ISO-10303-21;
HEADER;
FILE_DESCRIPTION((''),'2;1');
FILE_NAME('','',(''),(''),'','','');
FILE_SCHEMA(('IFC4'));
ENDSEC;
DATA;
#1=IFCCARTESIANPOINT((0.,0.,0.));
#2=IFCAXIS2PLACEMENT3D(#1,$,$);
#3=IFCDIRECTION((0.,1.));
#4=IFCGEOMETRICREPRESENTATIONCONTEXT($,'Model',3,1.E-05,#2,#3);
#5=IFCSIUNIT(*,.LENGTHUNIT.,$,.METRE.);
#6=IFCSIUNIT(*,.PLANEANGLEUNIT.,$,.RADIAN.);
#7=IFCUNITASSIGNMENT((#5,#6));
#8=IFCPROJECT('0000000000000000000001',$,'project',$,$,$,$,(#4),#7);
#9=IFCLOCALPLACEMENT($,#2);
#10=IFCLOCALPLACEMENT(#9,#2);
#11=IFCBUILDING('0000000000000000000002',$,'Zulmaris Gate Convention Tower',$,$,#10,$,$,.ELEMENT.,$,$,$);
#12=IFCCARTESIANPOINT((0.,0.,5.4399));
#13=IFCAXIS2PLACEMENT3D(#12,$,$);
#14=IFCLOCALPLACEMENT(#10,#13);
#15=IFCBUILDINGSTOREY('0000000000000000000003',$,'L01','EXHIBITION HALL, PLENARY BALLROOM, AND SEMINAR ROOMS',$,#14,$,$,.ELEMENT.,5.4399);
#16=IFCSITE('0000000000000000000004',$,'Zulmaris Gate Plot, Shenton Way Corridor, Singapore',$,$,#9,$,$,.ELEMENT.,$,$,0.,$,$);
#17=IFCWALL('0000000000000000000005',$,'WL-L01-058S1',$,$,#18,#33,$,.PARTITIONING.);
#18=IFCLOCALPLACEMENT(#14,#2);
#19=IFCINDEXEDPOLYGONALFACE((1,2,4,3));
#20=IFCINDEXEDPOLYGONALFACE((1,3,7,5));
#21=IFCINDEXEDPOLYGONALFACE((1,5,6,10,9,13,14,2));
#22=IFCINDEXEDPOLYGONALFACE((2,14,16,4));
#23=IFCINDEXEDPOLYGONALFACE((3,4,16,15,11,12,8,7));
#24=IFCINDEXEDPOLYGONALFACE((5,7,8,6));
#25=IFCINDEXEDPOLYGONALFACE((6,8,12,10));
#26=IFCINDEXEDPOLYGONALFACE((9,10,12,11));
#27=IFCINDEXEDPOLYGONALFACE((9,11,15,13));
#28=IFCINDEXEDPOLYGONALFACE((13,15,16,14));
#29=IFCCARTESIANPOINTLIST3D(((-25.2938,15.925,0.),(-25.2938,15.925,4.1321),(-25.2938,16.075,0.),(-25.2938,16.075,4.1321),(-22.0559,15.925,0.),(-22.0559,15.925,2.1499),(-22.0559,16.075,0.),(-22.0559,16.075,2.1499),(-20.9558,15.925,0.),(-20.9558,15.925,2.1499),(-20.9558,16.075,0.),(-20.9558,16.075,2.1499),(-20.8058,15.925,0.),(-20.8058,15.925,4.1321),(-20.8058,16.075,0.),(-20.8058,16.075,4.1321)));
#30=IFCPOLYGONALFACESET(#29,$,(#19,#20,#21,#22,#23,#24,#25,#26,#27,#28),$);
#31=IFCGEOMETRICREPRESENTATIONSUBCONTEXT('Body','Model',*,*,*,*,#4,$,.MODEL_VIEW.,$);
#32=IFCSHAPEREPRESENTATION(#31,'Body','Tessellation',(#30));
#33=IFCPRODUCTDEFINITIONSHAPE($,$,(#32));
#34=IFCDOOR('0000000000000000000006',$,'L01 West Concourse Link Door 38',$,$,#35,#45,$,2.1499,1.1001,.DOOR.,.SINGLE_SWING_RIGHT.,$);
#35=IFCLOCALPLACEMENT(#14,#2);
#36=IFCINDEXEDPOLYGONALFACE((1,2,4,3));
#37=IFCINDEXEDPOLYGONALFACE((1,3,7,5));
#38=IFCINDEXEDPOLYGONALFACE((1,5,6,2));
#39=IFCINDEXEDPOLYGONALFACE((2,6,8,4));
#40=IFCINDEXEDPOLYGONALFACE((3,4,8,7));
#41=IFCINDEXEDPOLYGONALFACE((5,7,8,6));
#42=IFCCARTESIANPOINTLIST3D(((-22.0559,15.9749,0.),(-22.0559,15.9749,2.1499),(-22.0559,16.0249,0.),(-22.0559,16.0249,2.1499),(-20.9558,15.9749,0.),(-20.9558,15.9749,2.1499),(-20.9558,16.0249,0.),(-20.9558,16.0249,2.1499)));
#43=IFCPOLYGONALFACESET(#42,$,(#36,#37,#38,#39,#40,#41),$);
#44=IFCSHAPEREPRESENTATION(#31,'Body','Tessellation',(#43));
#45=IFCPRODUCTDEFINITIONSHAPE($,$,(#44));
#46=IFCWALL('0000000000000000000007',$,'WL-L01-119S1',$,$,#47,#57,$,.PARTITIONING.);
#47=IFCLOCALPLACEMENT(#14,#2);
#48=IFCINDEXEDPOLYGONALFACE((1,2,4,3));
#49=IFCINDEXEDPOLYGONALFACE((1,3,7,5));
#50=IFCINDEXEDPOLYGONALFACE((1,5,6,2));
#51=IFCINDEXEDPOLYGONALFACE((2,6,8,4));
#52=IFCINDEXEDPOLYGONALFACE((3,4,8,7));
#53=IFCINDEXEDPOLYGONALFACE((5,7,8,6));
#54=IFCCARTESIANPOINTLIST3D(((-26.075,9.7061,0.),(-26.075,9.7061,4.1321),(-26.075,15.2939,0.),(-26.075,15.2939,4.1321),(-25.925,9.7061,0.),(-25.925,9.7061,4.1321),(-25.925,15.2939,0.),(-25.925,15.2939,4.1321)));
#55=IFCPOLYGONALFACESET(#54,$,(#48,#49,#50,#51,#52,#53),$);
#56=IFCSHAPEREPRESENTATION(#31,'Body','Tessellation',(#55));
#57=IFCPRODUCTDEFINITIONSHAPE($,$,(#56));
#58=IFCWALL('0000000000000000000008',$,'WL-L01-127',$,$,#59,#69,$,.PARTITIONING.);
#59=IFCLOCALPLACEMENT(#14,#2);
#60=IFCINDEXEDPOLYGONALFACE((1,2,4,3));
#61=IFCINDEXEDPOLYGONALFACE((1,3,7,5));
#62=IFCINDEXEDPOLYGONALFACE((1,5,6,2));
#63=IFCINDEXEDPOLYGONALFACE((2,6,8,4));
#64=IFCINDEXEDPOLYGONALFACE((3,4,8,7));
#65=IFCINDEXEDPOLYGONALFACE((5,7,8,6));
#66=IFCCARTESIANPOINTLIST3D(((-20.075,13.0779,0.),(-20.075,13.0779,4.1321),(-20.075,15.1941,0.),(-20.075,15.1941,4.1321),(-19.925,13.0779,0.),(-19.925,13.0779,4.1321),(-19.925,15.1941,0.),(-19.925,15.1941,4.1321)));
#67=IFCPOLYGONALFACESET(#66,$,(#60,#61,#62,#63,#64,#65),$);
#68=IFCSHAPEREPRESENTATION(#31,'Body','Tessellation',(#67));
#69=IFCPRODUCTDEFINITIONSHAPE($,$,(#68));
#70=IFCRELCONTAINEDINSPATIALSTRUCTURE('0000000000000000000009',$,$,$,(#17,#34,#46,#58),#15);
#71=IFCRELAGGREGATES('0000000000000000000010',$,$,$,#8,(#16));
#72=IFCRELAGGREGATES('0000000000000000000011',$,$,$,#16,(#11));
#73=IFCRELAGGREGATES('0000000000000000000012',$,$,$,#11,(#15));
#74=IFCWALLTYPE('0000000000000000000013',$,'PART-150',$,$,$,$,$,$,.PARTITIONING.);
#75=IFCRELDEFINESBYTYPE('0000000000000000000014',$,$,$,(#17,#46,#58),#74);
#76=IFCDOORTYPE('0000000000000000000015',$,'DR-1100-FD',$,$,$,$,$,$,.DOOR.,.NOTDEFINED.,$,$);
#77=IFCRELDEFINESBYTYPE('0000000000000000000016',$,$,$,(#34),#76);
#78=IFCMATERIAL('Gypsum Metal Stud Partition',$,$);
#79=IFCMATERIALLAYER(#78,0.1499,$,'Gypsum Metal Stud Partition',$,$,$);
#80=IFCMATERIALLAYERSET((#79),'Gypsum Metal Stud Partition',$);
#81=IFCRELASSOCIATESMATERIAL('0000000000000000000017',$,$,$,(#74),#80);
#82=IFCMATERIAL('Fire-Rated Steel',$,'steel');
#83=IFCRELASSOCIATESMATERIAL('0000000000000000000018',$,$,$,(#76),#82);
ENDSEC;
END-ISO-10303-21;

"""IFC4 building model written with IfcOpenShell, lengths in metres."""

from ifc_helpers import new_model, si_unit, direction, frame, frame_2d, origin, place, context, subcontext, project, spatial, rectangle, extrude, material, layer, layer_set, type_object, element, fill, save


model = new_model("IFC4")

# Units and contexts
model_context = context("Model", 3, precision=1e-05, world=origin(), true_north=direction((0.0, 1.0)))
body_context = subcontext(model_context, "Body", "Model", "MODEL_VIEW")
ifc_project = project(units=[si_unit("LENGTHUNIT", "METRE"), si_unit("PLANEANGLEUNIT", "RADIAN")], contexts=[model_context])

# Site, building, storey
site_placement = place(None, origin())
site = spatial("IfcSite", under=ifc_project, at=site_placement, Name="Zulmaris Gate Plot, Shenton Way Corridor, Singapore", CompositionType="ELEMENT", RefElevation=0.0)
building_placement = place(site_placement, origin())
building = spatial("IfcBuilding", under=site, at=building_placement, Name="Zulmaris Gate Convention Tower", CompositionType="ELEMENT")
storey_placement = place(building_placement, frame((0.0, 0.0, 5.4399)))
storey = spatial("IfcBuildingStorey", under=building, at=storey_placement, Name="L01", Description="EXHIBITION HALL, PLENARY BALLROOM, AND SEMINAR ROOMS", CompositionType="ELEMENT", Elevation=5.4399)

# Shared definitions
ifc_material_1 = material(Name="Fire-Rated Steel", Category="steel")

# Wall, opening, door
ifc_material_2 = material(Name="Gypsum Metal Stud Partition")
ifc_layer_1 = layer(ifc_material_2, 0.1499, Name="Gypsum Metal Stud Partition")
ifc_layer_set_1 = layer_set([ifc_layer_1], Name="Gypsum Metal Stud Partition")
wall_type_1 = type_object("IfcWallType", Name="PART-150", PredefinedType="PARTITIONING", material=ifc_layer_set_1)
door_type_1 = type_object("IfcDoorType", Name="DR-1100-FD", OperationType="NOTDEFINED", PredefinedType="DOOR", material=ifc_material_1)
wall_1_placement = place(storey_placement, frame((-25.2939, 16.0, 0.0), z_axis=(0.0, 0.0, 1.0), x_axis=(1.0, 0.0, 0.0)))
wall_1 = element("IfcWall", 1, at=wall_1_placement, inside=storey, type_object=wall_type_1, Name="WL-L01-058S1", PredefinedType="PARTITIONING", context=body_context, shape_type="SweptSolid", body=[
    extrude(rectangle(XDim=4.488, YDim=0.1499, at=frame_2d((2.2441, 0.0))), origin(), (0.0, 0.0, 1.0), 4.1321),
])
opening_1_placement = place(wall_1_placement, frame((3.238, 0.0, 0.0)))
opening_1 = element("IfcOpeningElement", 2, at=opening_1_placement, cuts=wall_1, PredefinedType="OPENING", context=body_context, shape_type="SweptSolid", body=[
    extrude(rectangle(XDim=1.1001, YDim=2.1499, at=frame_2d((0.55, 1.075))), frame((0.0, 0.085, 0.0), z_axis=(0.0, -1.0, 0.0), x_axis=(1.0, 0.0, 0.0)), (0.0, 0.0, 1.0), 0.1699),
])
door_1_placement = place(opening_1_placement, origin())
door_1 = element("IfcDoor", 3, at=door_1_placement, inside=storey, type_object=door_type_1, Name="L01 West Concourse Link Door 38", OperationType="SINGLE_SWING_RIGHT", OverallHeight=2.1499, OverallWidth=1.1001, PredefinedType="DOOR", context=body_context, shape_type="SweptSolid", body=[
    extrude(rectangle(XDim=1.1001, YDim=2.1499, at=frame_2d((0.55, 1.075))), frame((0.0, 0.0249, 0.0), z_axis=(0.0, -1.0, 0.0), x_axis=(1.0, 0.0, 0.0)), (0.0, 0.0, 1.0), 0.05),
])
fill(opening_1, door_1)

# Wall
wall_2_placement = place(storey_placement, frame((-26.0, 9.7061, 0.0), z_axis=(0.0, 0.0, 1.0), x_axis=(0.0, 1.0, 0.0)))
element("IfcWall", 4, at=wall_2_placement, inside=storey, type_object=wall_type_1, Name="WL-L01-119S1", PredefinedType="PARTITIONING", context=body_context, shape_type="SweptSolid", body=[
    extrude(rectangle(XDim=5.5879, YDim=0.1499, at=frame_2d((2.7939, 0.0))), origin(), (0.0, 0.0, 1.0), 4.1321),
])

# Wall
wall_3_placement = place(storey_placement, frame((-20.0, 13.0779, 0.0), z_axis=(0.0, 0.0, 1.0), x_axis=(0.0, 1.0, 0.0)))
element("IfcWall", 5, at=wall_3_placement, inside=storey, type_object=wall_type_1, Name="WL-L01-127", PredefinedType="PARTITIONING", context=body_context, shape_type="SweptSolid", body=[
    extrude(rectangle(XDim=2.1162, YDim=0.1499, at=frame_2d((1.0581, 0.0))), origin(), (0.0, 0.0, 1.0), 4.1321),
])

save(model, "model.ifc")
